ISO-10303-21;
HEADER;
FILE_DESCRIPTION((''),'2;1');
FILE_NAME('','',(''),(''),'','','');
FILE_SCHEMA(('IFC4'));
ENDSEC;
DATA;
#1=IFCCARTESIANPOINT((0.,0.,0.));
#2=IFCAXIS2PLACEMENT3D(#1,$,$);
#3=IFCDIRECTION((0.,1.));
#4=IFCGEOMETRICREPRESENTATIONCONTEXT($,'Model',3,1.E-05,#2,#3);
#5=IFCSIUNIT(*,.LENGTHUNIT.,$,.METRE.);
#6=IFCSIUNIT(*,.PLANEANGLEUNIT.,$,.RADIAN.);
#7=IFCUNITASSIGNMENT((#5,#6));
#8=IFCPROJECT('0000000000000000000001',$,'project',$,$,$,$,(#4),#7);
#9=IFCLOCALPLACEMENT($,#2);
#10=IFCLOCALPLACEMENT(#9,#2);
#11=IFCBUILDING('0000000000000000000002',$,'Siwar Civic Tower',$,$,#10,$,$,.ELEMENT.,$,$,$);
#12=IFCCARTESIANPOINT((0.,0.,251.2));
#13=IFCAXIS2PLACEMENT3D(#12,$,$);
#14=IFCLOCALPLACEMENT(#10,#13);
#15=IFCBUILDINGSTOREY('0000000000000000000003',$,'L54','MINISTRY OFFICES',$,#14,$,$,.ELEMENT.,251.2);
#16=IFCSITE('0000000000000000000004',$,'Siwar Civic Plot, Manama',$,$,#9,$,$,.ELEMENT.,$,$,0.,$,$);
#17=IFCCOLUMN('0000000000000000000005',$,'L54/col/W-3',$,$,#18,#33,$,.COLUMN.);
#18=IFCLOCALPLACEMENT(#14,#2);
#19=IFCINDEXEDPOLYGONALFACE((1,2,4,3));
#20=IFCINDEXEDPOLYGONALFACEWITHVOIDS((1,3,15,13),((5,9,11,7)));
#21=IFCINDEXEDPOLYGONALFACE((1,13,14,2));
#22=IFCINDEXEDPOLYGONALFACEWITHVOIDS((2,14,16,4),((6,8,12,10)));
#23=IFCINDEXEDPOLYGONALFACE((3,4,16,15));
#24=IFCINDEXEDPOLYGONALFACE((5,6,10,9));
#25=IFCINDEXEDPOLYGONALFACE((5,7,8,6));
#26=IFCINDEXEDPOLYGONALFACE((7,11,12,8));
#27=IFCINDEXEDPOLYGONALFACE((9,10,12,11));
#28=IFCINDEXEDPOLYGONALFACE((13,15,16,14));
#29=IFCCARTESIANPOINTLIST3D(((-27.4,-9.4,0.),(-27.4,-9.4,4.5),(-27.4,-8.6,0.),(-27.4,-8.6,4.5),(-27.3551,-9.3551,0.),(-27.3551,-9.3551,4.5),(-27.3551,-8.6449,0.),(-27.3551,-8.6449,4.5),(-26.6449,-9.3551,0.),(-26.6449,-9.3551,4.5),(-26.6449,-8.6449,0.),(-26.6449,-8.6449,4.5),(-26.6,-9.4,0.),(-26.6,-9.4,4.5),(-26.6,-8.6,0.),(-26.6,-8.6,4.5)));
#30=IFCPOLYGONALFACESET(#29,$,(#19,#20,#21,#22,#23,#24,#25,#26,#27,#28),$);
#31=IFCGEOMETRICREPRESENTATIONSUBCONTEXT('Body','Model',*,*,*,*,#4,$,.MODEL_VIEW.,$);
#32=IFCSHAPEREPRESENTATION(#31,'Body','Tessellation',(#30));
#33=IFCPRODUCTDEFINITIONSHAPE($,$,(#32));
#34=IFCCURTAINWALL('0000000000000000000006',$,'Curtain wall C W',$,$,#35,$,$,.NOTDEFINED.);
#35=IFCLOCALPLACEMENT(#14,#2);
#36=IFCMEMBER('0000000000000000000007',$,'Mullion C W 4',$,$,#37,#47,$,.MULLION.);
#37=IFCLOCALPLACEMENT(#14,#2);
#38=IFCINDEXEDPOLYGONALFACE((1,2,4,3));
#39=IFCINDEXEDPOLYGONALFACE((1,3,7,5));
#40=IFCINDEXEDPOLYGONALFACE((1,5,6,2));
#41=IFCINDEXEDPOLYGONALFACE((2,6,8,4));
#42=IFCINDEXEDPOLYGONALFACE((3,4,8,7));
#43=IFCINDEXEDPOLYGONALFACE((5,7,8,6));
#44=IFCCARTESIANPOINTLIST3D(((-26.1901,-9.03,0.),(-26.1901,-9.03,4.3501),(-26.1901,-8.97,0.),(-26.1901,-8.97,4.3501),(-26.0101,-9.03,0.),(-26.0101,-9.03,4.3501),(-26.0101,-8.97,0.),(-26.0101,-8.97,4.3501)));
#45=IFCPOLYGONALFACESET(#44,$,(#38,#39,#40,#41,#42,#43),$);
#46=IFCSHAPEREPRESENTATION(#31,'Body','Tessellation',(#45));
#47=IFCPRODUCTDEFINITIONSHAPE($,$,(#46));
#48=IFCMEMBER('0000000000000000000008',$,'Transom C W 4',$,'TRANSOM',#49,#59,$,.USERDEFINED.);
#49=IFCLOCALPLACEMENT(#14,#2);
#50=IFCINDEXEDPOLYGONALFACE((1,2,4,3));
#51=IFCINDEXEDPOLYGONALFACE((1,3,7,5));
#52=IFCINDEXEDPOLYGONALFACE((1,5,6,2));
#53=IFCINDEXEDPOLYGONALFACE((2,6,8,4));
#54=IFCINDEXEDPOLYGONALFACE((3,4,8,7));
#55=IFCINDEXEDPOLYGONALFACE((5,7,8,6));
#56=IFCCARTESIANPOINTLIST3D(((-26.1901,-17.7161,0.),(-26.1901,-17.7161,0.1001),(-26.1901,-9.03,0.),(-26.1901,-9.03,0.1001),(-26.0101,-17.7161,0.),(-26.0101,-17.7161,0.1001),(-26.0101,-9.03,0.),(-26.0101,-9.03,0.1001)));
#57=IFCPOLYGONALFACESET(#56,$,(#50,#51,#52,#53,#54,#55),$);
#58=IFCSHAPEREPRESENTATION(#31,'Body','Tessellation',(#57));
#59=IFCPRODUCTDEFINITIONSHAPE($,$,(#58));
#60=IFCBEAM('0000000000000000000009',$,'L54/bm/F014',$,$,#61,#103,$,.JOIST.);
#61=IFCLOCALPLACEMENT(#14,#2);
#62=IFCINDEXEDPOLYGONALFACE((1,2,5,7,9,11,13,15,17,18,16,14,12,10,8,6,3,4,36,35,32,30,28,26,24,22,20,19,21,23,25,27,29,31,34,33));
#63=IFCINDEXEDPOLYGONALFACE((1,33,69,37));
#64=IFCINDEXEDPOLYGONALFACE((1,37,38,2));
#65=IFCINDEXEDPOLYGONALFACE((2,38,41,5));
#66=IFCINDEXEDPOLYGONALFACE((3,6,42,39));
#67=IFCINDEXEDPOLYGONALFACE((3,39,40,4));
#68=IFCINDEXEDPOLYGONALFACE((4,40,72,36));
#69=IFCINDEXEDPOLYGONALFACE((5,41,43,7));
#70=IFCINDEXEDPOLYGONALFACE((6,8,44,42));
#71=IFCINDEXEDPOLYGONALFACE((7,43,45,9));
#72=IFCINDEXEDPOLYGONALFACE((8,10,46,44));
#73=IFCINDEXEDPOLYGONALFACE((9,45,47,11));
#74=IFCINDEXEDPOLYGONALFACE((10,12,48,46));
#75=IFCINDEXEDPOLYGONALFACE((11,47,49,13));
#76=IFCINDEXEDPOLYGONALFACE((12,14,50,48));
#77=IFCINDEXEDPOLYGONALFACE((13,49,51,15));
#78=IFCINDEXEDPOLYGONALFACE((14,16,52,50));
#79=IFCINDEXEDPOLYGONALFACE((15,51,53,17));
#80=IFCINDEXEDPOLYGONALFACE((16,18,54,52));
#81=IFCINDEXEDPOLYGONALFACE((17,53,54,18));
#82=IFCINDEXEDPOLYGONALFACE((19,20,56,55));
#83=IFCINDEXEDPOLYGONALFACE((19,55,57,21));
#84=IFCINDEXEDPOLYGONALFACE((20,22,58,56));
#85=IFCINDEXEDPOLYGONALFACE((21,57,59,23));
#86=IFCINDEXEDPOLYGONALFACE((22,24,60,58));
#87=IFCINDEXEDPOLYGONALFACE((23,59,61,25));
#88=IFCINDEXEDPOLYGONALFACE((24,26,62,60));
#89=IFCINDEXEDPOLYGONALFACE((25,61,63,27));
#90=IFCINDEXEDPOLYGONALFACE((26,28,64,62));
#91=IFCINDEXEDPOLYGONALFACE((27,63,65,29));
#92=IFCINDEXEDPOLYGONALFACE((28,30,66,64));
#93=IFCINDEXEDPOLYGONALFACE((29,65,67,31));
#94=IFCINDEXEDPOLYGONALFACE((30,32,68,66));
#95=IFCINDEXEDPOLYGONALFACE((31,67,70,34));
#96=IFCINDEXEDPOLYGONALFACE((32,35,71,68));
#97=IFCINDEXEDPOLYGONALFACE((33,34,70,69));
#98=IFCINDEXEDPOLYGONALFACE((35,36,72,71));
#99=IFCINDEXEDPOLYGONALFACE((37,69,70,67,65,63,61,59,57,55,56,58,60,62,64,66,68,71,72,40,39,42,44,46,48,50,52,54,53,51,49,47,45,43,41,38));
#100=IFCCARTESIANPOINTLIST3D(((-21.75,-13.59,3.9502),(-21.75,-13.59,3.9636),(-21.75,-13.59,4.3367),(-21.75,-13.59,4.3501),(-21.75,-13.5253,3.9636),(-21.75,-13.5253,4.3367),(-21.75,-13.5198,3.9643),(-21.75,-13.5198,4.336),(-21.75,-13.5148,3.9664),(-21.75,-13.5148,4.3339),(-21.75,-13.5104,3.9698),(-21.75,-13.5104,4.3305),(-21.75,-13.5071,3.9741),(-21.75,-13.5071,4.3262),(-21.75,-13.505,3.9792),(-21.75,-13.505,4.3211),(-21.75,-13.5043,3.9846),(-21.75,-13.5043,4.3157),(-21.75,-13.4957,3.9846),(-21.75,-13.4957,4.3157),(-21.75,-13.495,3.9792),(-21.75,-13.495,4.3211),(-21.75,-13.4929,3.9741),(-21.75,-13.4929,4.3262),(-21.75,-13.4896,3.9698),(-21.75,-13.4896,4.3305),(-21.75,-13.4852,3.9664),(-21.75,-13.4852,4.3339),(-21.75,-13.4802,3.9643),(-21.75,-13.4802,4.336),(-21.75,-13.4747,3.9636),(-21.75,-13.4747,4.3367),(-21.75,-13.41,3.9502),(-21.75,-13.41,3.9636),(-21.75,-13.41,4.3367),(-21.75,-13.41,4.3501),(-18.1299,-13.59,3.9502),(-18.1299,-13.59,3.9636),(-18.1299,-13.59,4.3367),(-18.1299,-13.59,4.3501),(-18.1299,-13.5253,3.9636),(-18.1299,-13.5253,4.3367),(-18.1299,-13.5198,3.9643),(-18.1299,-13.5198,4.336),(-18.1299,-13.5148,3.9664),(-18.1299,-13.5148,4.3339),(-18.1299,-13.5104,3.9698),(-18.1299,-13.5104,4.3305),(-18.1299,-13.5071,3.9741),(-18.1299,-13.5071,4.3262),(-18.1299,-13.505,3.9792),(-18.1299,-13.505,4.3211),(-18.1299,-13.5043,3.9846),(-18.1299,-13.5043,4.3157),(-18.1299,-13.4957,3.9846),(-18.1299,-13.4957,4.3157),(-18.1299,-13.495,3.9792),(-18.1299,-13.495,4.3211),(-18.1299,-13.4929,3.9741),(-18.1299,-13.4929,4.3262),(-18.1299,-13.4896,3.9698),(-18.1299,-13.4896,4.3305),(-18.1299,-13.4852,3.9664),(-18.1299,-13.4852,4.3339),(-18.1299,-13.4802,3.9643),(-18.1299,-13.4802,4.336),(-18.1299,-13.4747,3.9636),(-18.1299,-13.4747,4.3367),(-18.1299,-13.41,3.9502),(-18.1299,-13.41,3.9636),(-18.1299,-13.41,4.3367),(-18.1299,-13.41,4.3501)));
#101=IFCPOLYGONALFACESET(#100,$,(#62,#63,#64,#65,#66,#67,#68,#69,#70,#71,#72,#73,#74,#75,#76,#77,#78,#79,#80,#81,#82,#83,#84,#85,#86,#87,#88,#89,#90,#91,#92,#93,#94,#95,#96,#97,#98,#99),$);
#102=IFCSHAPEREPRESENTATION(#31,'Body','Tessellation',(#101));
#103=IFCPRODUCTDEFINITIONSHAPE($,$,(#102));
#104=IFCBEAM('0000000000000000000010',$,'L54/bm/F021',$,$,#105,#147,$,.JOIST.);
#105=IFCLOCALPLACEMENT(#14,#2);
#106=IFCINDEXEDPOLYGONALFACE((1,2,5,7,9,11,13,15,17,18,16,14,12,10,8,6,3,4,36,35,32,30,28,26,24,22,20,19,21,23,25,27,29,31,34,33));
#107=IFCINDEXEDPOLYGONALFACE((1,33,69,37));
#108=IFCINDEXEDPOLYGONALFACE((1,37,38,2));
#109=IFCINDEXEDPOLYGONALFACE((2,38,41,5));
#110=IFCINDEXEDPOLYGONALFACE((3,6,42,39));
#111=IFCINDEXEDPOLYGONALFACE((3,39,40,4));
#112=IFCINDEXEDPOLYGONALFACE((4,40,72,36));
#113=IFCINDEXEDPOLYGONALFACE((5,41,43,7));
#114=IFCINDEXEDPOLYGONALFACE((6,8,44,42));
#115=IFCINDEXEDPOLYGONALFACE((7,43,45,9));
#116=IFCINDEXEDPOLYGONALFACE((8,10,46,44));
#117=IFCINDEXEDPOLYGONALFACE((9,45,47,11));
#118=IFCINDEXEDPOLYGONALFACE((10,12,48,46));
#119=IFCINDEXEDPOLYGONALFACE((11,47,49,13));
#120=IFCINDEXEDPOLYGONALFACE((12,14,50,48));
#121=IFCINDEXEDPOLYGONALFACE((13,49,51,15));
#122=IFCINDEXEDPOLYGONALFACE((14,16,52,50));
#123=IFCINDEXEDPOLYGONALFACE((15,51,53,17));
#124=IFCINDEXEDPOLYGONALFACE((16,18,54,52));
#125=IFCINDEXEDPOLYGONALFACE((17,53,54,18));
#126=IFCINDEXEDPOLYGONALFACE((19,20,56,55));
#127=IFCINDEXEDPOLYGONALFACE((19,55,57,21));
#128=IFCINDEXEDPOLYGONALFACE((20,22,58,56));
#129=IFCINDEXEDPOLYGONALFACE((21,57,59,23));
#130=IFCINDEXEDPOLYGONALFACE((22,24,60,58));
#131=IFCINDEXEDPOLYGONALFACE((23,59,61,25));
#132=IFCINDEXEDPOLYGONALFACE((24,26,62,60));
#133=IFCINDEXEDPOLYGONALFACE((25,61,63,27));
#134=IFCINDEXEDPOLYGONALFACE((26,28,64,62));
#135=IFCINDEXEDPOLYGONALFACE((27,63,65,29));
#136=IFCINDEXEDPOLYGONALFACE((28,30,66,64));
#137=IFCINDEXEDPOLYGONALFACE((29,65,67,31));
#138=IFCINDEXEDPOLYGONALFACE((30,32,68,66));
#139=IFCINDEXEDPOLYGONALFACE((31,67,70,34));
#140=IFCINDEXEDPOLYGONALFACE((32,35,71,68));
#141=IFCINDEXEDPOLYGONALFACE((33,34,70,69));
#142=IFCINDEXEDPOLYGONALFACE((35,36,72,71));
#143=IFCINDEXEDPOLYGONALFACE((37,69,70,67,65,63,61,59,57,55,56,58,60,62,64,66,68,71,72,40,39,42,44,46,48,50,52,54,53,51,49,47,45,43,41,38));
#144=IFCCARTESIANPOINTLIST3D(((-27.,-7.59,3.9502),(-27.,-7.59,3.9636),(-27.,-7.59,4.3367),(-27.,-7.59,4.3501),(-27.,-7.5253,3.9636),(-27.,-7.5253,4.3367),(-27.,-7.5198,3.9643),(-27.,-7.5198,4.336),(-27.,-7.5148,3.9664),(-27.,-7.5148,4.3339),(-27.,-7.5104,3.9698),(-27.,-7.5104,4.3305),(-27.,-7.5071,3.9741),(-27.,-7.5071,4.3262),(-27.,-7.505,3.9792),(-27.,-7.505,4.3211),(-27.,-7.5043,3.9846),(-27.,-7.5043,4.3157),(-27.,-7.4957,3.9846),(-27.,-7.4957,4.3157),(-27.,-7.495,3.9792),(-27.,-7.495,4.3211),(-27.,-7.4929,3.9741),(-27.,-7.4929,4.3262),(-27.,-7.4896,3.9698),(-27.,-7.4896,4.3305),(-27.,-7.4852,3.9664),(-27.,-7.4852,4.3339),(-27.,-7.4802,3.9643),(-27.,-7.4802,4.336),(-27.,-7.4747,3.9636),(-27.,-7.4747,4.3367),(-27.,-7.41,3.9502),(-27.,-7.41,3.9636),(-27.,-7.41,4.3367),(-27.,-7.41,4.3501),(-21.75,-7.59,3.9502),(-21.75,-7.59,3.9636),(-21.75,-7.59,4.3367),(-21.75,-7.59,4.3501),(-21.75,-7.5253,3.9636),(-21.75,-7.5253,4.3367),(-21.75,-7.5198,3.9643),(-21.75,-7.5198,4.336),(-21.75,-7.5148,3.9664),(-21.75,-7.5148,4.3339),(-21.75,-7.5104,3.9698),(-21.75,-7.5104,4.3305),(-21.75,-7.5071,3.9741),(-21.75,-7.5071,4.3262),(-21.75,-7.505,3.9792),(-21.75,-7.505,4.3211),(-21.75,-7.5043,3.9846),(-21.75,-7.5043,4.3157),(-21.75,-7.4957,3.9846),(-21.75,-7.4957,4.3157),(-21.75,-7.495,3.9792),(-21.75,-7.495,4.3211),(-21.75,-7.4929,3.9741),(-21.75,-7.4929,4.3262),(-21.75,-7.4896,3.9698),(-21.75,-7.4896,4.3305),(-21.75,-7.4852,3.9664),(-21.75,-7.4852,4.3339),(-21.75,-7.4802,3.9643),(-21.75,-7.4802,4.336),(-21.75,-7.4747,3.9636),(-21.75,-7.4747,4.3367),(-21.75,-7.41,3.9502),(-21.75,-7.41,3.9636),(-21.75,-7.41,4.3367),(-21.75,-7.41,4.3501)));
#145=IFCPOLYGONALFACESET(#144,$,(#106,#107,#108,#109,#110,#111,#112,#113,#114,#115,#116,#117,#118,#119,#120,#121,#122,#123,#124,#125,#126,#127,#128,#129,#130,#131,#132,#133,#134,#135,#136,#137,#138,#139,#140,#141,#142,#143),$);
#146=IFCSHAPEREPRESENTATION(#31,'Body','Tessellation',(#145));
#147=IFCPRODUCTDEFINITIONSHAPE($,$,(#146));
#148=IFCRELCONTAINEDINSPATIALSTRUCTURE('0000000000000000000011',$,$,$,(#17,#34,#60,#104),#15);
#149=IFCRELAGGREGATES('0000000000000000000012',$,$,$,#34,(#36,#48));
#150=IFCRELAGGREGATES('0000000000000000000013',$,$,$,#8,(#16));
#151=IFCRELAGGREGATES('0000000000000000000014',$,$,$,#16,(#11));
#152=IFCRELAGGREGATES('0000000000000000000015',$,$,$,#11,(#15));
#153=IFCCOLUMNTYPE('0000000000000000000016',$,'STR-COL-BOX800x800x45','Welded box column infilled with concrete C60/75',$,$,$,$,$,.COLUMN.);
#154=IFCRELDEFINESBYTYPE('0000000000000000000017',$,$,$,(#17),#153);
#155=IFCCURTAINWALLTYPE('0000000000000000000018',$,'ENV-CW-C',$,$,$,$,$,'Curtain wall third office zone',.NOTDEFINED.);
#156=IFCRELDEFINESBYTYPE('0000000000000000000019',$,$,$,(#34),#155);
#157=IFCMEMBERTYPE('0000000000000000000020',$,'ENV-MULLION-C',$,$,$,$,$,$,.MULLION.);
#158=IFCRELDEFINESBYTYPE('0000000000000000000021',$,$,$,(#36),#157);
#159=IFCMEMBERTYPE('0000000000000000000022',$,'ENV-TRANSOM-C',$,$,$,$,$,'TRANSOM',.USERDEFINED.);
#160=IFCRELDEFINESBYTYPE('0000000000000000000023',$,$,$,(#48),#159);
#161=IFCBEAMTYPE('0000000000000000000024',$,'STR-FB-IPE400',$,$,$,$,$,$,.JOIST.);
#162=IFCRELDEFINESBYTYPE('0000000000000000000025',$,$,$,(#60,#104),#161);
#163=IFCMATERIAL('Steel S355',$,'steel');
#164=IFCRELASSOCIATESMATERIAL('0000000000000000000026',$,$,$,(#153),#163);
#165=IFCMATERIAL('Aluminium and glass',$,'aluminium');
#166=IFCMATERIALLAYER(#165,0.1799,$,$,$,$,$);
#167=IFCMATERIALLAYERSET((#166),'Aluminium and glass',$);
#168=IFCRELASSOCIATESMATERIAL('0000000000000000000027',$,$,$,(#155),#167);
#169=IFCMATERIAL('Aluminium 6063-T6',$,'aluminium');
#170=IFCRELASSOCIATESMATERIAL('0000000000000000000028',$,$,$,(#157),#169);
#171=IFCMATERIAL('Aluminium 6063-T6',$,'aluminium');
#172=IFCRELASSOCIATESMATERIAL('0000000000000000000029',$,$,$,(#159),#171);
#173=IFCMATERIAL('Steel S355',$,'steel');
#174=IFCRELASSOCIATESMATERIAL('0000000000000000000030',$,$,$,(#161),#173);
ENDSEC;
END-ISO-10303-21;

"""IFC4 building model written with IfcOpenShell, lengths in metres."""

from ifc_helpers import new_model, si_unit, direction, frame, origin, origin_2d, place, context, subcontext, project, spatial, rectangle, hollow_rectangle, i_section, extrude, material, layer, layer_set, material_profile, profile_set, type_object, element, aggregate, save


model = new_model("IFC4")

# Units and contexts
model_context = context("Model", 3, precision=1e-05, world=origin(), true_north=direction((0.0, 1.0)))
body_context = subcontext(model_context, "Body", "Model", "MODEL_VIEW")
ifc_project = project(units=[si_unit("LENGTHUNIT", "METRE"), si_unit("PLANEANGLEUNIT", "RADIAN")], contexts=[model_context])

# Site, building, storey
site_placement = place(None, origin())
site = spatial("IfcSite", under=ifc_project, at=site_placement, Name="Siwar Civic Plot, Manama", CompositionType="ELEMENT", RefElevation=0.0)
building_placement = place(site_placement, origin())
building = spatial("IfcBuilding", under=site, at=building_placement, Name="Siwar Civic Tower", CompositionType="ELEMENT")
storey_placement = place(building_placement, frame((0.0, 0.0, 251.2)))
storey = spatial("IfcBuildingStorey", under=building, at=storey_placement, Name="L54", Description="MINISTRY OFFICES", CompositionType="ELEMENT", Elevation=251.2)

# Column
ifc_material_1 = material(Name="Steel S355", Category="steel")
ifc_material_profile_1 = material_profile(ifc_material_1, hollow_rectangle(XDim=0.8, YDim=0.8, WallThickness=0.0449, at=origin_2d()), Name="BOX800x800x45")
ifc_profile_set_1 = profile_set([ifc_material_profile_1], Name="Steel S355")
column_type = type_object("IfcColumnType", Name="STR-COL-BOX800x800x45", Description="Welded box column infilled with concrete C60/75", PredefinedType="COLUMN", material=ifc_profile_set_1)
column_placement = place(storey_placement, frame((-27.0, -9.0, 0.0), z_axis=(0.0, 0.0, 1.0), x_axis=(1.0, 0.0, 0.0)))
element("IfcColumn", 1, at=column_placement, inside=storey, type_object=column_type, Name="L54/col/W-3", PredefinedType="COLUMN", context=body_context, shape_type="SweptSolid", body=[
    extrude(hollow_rectangle(XDim=0.8, YDim=0.8, WallThickness=0.0449, at=origin_2d()), origin(), (0.0, 0.0, 1.0), 4.5),
])

# Curtain wall, members
ifc_material_2 = material(Name="Aluminium and glass", Category="aluminium")
ifc_layer_1 = layer(ifc_material_2, 0.1799)
ifc_layer_set_1 = layer_set([ifc_layer_1], Name="Aluminium and glass")
curtain_wall_type = type_object("IfcCurtainWallType", Name="ENV-CW-C", ElementType="Curtain wall third office zone", PredefinedType="NOTDEFINED", material=ifc_layer_set_1)
curtain_wall_placement = place(storey_placement, origin())
curtain_wall = element("IfcCurtainWall", 2, at=curtain_wall_placement, inside=storey, type_object=curtain_wall_type, Name="Curtain wall C W", PredefinedType="NOTDEFINED")
ifc_material_3 = material(Name="Aluminium 6063-T6", Category="aluminium")
ifc_material_profile_2 = material_profile(ifc_material_3, rectangle(XDim=0.1799, YDim=0.0601, at=origin_2d()), Name="AL 180x60")
ifc_profile_set_2 = profile_set([ifc_material_profile_2], Name="Aluminium 6063-T6")
member_type_1 = type_object("IfcMemberType", Name="ENV-MULLION-C", PredefinedType="MULLION", material=ifc_profile_set_2)
member_1_placement = place(storey_placement, frame((-26.1001, -9.0, 0.0), z_axis=(0.0, 0.0, 1.0), x_axis=(1.0, 0.0, 0.0)))
member_1 = element("IfcMember", 3, at=member_1_placement, type_object=member_type_1, Name="Mullion C W 4", PredefinedType="MULLION", context=body_context, shape_type="SweptSolid", body=[
    extrude(rectangle(XDim=0.1799, YDim=0.0601, at=origin_2d()), origin(), (0.0, 0.0, 1.0), 4.3501),
])
ifc_material_4 = material(Name="Aluminium 6063-T6", Category="aluminium")
ifc_material_profile_3 = material_profile(ifc_material_4, rectangle(XDim=0.1799, YDim=0.1001, at=origin_2d()), Name="AL 180x100")
ifc_profile_set_3 = profile_set([ifc_material_profile_3], Name="Aluminium 6063-T6")
member_type_2 = type_object("IfcMemberType", Name="ENV-TRANSOM-C", ElementType="TRANSOM", PredefinedType="USERDEFINED", material=ifc_profile_set_3)
member_2_placement = place(storey_placement, frame((-26.1001, -9.03, 0.05), z_axis=(0.0, -1.0, 0.0), x_axis=(1.0, 0.0, 0.0)))
member_2 = element("IfcMember", 4, at=member_2_placement, type_object=member_type_2, Name="Transom C W 4", ObjectType="TRANSOM", PredefinedType="USERDEFINED", context=body_context, shape_type="SweptSolid", body=[
    extrude(rectangle(XDim=0.1799, YDim=0.1001, at=origin_2d()), origin(), (0.0, 0.0, 1.0), 8.686),
])

# Beams
ifc_material_5 = material(Name="Steel S355", Category="steel")
ifc_material_profile_4 = material_profile(ifc_material_5, i_section(OverallWidth=0.1799, OverallDepth=0.3999, WebThickness=0.0085, FlangeThickness=0.0134, FilletRadius=0.021, at=origin_2d()), Name="IPE400")
ifc_profile_set_4 = profile_set([ifc_material_profile_4], Name="Steel S355")
beam_type_1 = type_object("IfcBeamType", Name="STR-FB-IPE400", PredefinedType="JOIST", material=ifc_profile_set_4)
beam_1_placement = place(storey_placement, frame((-21.75, -13.5, 4.1501), z_axis=(1.0, 0.0, 0.0), x_axis=(0.0, 1.0, 0.0)))
element("IfcBeam", 5, at=beam_1_placement, inside=storey, type_object=beam_type_1, Name="L54/bm/F014", PredefinedType="JOIST", context=body_context, shape_type="SweptSolid", body=[
    extrude(i_section(OverallWidth=0.1799, OverallDepth=0.3999, WebThickness=0.0085, FlangeThickness=0.0134, FilletRadius=0.021, at=origin_2d()), origin(), (0.0, 0.0, 1.0), 3.6201),
])
beam_2_placement = place(storey_placement, frame((-27.0, -7.5, 4.1501), z_axis=(1.0, 0.0, 0.0), x_axis=(0.0, 1.0, 0.0)))
element("IfcBeam", 6, at=beam_2_placement, inside=storey, type_object=beam_type_1, Name="L54/bm/F021", PredefinedType="JOIST", context=body_context, shape_type="SweptSolid", body=[
    extrude(i_section(OverallWidth=0.1799, OverallDepth=0.3999, WebThickness=0.0085, FlangeThickness=0.0134, FilletRadius=0.021, at=origin_2d()), origin(), (0.0, 0.0, 1.0), 5.25),
])

aggregate(curtain_wall, [member_1, member_2])

save(model, "model.ifc")
